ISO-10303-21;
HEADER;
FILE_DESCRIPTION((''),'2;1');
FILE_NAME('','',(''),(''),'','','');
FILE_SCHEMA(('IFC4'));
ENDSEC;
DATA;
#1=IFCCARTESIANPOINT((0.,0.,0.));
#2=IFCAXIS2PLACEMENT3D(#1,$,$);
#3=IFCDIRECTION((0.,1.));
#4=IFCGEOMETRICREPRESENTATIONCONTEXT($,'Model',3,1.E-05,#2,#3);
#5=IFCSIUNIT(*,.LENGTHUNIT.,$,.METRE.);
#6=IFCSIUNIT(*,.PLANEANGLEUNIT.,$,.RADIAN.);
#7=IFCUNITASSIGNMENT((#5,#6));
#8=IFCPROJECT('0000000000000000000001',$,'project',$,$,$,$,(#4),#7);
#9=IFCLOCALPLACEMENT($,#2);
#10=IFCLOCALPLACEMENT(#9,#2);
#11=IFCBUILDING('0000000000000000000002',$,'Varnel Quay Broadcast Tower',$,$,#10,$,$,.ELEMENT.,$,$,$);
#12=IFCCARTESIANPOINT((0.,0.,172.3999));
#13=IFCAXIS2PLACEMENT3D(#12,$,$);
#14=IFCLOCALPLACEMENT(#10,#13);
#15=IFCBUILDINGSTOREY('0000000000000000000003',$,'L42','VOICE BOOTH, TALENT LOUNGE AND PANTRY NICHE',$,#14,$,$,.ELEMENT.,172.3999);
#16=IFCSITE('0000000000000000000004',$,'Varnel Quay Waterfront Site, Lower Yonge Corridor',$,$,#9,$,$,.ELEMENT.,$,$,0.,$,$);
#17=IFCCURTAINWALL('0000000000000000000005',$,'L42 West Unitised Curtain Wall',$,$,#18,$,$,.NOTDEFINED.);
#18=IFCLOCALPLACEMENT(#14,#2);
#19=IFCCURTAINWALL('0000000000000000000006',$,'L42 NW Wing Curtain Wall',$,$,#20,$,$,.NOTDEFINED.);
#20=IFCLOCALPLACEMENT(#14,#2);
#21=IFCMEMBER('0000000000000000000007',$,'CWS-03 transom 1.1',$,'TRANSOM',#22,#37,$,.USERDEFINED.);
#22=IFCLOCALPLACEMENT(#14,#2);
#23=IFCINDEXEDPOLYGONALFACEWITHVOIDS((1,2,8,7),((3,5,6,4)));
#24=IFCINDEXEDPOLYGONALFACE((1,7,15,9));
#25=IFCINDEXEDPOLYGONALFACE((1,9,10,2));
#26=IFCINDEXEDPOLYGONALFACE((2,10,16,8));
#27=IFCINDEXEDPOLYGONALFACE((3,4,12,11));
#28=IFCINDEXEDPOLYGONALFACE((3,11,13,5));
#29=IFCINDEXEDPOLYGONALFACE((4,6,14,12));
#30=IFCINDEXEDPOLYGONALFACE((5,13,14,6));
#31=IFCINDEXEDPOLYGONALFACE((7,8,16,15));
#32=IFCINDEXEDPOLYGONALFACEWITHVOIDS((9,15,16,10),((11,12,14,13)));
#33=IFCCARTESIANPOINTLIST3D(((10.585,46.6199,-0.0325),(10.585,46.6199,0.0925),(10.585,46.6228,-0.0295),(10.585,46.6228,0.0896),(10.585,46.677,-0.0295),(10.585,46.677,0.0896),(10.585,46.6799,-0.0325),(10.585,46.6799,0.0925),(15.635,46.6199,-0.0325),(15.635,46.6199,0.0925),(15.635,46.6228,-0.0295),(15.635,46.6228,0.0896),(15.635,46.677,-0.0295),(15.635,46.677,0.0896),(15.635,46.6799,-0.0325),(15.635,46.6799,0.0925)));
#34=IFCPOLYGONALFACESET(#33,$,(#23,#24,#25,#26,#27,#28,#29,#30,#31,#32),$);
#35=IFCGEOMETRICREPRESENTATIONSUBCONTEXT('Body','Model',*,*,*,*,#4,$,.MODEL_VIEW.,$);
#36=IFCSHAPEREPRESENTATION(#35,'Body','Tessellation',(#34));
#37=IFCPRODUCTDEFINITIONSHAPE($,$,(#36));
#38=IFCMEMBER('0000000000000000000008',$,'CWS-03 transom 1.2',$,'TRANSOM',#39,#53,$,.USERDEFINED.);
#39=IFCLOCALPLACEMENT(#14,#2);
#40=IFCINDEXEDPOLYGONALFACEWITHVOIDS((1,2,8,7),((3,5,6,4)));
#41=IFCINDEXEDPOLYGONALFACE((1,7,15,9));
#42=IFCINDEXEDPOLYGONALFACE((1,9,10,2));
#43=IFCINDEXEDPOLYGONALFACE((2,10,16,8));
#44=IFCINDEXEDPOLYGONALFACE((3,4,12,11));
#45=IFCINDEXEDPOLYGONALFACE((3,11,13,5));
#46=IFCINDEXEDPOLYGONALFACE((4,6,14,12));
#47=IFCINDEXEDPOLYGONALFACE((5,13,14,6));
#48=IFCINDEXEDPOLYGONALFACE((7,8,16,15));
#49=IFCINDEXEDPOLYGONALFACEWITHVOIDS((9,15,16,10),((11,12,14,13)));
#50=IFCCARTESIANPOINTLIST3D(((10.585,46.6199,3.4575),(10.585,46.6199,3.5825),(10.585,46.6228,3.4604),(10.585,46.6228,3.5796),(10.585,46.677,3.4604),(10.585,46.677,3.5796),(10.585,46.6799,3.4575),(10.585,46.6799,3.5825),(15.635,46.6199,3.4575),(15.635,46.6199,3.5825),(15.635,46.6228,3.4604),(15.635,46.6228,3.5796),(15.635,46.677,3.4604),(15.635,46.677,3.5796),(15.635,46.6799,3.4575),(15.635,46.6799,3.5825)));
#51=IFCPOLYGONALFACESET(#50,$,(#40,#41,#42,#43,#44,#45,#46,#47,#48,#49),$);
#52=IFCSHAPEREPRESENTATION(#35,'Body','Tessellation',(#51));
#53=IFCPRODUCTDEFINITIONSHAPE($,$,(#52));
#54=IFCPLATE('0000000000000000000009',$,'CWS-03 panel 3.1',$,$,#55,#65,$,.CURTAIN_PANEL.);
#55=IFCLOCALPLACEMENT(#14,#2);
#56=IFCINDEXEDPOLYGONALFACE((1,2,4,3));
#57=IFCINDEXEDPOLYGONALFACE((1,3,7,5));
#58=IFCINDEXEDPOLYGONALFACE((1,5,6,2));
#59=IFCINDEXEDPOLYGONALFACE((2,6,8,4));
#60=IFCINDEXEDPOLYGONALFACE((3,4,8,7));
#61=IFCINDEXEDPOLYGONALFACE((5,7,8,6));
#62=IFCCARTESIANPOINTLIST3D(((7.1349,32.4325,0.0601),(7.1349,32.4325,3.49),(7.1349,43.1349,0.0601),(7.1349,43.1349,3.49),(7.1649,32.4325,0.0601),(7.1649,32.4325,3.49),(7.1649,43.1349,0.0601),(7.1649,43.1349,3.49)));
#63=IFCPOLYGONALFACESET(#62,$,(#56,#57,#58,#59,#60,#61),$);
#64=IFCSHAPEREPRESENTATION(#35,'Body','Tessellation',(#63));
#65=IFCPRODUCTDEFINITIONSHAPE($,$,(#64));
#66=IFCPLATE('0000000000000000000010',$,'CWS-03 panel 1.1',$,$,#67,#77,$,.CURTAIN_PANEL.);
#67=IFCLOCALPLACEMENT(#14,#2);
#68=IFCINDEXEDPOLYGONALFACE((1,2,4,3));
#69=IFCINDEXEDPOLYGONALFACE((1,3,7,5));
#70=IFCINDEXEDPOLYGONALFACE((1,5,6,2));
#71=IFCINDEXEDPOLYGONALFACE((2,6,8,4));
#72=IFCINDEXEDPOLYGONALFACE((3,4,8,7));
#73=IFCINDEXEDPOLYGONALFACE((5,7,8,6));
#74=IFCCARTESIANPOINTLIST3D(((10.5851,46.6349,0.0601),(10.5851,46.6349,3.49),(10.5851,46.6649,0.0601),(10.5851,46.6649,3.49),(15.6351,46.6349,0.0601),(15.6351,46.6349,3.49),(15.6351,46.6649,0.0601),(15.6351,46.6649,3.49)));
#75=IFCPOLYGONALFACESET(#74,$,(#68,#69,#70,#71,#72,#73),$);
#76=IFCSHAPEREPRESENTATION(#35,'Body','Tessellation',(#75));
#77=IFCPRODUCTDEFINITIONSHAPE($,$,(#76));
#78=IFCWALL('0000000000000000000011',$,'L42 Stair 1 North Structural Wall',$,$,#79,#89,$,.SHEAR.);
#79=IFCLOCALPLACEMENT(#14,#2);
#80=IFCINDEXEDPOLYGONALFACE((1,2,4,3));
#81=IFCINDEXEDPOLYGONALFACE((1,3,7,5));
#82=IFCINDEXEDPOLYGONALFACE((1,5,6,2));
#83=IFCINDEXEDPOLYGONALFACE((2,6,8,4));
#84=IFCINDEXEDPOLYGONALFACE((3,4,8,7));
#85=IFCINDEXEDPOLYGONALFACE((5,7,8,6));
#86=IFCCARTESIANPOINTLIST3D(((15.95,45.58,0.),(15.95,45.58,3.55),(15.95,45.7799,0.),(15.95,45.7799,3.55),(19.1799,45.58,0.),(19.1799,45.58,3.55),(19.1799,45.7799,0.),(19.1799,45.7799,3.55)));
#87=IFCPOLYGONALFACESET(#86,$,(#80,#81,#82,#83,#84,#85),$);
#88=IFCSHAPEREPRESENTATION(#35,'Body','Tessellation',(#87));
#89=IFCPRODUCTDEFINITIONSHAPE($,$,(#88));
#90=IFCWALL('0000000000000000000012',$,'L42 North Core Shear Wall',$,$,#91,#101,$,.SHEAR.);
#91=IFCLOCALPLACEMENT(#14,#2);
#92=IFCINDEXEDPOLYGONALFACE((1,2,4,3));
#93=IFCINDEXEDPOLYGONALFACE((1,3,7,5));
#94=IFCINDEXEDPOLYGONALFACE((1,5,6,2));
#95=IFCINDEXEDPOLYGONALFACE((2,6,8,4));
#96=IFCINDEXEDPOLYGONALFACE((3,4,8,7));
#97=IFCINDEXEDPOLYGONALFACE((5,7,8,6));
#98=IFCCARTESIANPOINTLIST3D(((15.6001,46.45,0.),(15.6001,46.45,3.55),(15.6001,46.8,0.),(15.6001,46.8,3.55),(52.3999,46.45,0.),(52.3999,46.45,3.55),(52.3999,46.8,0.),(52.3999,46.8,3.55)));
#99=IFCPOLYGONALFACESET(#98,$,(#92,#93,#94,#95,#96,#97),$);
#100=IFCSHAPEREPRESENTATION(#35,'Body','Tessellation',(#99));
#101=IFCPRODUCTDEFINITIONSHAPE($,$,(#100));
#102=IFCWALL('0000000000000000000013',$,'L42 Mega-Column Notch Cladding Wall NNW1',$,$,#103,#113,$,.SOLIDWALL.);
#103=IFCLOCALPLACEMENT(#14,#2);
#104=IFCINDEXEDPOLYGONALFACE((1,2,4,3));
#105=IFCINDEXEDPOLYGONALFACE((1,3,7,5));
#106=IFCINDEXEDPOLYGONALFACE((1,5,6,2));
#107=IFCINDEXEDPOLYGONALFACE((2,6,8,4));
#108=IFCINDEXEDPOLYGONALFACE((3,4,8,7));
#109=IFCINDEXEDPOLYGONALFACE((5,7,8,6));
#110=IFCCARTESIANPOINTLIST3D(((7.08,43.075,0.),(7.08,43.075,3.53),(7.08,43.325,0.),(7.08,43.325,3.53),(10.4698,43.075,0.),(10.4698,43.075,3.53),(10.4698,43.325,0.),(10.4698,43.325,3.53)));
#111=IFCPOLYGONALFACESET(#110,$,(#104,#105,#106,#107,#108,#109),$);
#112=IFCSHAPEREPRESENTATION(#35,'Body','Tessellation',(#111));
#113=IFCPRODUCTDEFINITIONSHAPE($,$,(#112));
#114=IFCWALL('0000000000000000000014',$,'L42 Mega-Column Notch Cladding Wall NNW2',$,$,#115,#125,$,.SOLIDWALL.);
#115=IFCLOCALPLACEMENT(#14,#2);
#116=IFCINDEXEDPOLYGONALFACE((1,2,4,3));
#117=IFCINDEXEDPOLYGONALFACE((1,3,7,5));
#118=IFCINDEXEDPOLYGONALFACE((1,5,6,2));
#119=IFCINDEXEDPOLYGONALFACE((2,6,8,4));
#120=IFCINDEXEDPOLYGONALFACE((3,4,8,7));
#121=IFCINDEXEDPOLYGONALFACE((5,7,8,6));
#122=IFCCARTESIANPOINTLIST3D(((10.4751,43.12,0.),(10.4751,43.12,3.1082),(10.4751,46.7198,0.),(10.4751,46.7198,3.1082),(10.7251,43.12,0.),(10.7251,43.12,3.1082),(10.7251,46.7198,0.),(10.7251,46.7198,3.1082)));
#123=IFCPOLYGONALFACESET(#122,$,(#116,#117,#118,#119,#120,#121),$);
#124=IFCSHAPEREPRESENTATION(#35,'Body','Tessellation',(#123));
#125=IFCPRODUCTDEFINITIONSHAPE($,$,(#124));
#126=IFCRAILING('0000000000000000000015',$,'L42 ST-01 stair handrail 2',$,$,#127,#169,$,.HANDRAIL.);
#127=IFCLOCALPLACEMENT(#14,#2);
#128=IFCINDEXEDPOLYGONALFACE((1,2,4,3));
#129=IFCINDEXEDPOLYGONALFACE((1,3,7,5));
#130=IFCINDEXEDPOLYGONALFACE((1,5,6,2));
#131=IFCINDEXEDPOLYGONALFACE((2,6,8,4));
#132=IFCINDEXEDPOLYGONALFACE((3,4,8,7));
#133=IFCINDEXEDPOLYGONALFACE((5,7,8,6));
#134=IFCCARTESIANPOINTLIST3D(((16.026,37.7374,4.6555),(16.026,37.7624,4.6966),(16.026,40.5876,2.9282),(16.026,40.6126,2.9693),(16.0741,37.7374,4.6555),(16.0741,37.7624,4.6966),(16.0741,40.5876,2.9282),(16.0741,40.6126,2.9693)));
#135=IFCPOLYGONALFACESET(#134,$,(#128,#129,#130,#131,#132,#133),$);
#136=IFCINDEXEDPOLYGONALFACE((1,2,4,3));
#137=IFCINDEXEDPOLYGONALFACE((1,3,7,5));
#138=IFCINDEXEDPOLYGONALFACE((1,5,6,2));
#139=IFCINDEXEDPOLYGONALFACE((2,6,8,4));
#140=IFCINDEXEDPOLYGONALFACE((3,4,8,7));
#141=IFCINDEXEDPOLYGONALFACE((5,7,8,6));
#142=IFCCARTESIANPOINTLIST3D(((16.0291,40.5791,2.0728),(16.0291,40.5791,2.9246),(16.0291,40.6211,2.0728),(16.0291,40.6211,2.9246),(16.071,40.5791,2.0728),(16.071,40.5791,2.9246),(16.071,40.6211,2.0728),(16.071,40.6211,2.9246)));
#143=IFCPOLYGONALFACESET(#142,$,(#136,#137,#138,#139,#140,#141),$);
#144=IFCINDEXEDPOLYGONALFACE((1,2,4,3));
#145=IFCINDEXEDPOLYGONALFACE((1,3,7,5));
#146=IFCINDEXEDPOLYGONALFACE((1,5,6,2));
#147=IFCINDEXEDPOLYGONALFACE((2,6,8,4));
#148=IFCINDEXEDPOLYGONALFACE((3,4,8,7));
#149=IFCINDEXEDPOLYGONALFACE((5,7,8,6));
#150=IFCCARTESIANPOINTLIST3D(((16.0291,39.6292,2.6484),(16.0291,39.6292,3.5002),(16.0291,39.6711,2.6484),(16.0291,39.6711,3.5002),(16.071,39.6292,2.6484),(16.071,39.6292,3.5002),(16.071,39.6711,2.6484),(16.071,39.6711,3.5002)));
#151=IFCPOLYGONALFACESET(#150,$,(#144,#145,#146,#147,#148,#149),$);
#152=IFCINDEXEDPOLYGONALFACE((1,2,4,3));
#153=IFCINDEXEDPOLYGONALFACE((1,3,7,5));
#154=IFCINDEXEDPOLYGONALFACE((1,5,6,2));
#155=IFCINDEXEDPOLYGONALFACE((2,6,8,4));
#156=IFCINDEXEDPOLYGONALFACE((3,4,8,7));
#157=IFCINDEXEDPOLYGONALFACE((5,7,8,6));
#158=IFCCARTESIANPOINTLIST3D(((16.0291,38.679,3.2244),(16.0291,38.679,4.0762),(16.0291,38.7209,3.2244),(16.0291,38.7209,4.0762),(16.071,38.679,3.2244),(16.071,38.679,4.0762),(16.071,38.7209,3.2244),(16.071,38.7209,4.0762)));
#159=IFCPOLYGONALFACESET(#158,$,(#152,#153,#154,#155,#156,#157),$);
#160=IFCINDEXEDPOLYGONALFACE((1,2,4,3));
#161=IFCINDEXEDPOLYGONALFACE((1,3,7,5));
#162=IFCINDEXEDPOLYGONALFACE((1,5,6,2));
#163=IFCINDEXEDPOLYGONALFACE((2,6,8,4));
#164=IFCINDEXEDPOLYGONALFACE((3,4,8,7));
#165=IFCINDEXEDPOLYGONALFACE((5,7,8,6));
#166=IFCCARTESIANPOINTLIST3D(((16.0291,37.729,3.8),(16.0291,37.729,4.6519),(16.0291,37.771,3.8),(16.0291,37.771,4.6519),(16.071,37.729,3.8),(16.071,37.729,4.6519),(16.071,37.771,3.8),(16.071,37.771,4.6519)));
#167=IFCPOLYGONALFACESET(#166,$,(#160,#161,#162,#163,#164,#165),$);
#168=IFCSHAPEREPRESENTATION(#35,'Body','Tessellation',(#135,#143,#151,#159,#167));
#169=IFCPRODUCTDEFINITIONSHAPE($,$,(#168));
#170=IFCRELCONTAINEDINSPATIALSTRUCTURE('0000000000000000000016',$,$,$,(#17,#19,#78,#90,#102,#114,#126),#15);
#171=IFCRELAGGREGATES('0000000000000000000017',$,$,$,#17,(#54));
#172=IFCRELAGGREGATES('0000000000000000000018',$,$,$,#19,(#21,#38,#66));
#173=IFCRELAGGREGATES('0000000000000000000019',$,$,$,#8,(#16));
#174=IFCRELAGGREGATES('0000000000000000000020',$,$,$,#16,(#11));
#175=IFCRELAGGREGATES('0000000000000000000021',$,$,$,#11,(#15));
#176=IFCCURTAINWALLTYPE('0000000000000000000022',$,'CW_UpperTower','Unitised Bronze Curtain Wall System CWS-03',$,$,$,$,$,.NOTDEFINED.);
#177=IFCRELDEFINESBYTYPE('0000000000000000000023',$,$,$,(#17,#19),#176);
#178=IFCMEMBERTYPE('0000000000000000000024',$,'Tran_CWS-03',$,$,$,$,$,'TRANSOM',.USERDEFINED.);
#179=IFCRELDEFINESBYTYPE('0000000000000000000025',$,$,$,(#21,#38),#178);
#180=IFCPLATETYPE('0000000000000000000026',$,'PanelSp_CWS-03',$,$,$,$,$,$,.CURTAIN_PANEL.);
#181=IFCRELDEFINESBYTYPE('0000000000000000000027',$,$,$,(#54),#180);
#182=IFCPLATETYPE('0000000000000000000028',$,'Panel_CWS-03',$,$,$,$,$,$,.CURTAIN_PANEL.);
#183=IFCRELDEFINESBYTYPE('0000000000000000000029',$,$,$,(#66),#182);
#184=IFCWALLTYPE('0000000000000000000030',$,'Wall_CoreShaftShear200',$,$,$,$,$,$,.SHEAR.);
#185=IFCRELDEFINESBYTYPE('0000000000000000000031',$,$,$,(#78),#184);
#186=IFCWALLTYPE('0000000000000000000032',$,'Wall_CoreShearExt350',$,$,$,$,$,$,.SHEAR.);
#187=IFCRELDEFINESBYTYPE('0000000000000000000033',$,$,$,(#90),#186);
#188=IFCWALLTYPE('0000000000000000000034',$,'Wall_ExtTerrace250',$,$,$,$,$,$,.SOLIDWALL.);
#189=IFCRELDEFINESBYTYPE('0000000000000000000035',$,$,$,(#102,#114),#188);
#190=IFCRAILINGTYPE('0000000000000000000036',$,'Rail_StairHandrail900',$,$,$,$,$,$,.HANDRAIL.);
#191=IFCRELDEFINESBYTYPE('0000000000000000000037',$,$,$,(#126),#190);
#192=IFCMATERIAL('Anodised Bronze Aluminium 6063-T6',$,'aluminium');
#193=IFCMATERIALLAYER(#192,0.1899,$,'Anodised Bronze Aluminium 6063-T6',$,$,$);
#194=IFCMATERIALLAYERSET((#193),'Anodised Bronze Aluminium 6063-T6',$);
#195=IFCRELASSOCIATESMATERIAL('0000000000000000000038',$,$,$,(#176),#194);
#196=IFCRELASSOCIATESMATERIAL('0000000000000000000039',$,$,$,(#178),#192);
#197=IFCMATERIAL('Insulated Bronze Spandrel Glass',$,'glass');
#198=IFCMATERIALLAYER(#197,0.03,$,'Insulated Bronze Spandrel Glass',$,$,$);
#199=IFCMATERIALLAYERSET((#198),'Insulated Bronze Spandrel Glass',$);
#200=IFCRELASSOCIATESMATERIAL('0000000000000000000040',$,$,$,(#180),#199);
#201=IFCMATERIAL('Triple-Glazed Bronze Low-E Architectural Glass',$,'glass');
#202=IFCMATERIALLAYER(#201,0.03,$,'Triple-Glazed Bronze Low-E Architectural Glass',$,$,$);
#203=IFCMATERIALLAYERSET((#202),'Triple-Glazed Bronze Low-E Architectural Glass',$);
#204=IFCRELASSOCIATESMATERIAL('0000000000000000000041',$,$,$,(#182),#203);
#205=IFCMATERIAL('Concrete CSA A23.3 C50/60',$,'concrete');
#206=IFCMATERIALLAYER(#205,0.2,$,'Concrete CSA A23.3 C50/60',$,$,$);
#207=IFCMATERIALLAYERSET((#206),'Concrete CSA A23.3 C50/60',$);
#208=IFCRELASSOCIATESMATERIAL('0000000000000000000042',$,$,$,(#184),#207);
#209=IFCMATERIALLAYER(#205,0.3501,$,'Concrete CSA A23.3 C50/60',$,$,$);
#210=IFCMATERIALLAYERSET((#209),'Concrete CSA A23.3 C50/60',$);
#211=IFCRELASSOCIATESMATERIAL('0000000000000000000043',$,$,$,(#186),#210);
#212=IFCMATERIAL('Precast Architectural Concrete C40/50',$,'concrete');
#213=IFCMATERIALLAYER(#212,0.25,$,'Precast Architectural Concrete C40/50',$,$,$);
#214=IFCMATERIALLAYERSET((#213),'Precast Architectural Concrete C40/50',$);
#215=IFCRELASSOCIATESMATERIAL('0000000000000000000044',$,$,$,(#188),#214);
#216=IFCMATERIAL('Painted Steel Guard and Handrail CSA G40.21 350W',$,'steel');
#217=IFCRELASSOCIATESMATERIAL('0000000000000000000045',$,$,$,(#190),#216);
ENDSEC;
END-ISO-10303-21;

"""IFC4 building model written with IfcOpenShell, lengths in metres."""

from ifc_helpers import new_model, si_unit, direction, frame, frame_2d, origin, origin_2d, place, context, subcontext, project, spatial, rectangle, hollow_rectangle, extrude, source, transform, mapped, material, layer, layer_set, material_profile, profile_set, type_object, type_shapes, element, aggregate, save


model = new_model("IFC4")

# Units and contexts
model_context = context("Model", 3, precision=1e-05, world=origin(), true_north=direction((0.0, 1.0)))
body_context = subcontext(model_context, "Body", "Model", "MODEL_VIEW")
ifc_project = project(units=[si_unit("LENGTHUNIT", "METRE"), si_unit("PLANEANGLEUNIT", "RADIAN")], contexts=[model_context])

# Site, building, storey
site_placement = place(None, origin())
site = spatial("IfcSite", under=ifc_project, at=site_placement, Name="Varnel Quay Waterfront Site, Lower Yonge Corridor", CompositionType="ELEMENT", RefElevation=0.0)
building_placement = place(site_placement, origin())
building = spatial("IfcBuilding", under=site, at=building_placement, Name="Varnel Quay Broadcast Tower", CompositionType="ELEMENT")
storey_placement = place(building_placement, frame((0.0, 0.0, 172.3999)))
storey = spatial("IfcBuildingStorey", under=building, at=storey_placement, Name="L42", Description="VOICE BOOTH, TALENT LOUNGE AND PANTRY NICHE", CompositionType="ELEMENT", Elevation=172.3999)

# Curtain wall
ifc_material_1 = material(Name="Anodised Bronze Aluminium 6063-T6", Category="aluminium")
ifc_layer_1 = layer(ifc_material_1, 0.1899, Name="Anodised Bronze Aluminium 6063-T6")
ifc_layer_set_1 = layer_set([ifc_layer_1], Name="Anodised Bronze Aluminium 6063-T6")
curtain_wall_type = type_object("IfcCurtainWallType", Name="CW_UpperTower", Description="Unitised Bronze Curtain Wall System CWS-03", PredefinedType="NOTDEFINED", material=ifc_layer_set_1)
curtain_wall_1_placement = place(storey_placement, origin())
curtain_wall_1 = element("IfcCurtainWall", 1, at=curtain_wall_1_placement, inside=storey, type_object=curtain_wall_type, Name="L42 West Unitised Curtain Wall", PredefinedType="NOTDEFINED")

# Curtain wall, members
curtain_wall_2_placement = place(storey_placement, origin())
curtain_wall_2 = element("IfcCurtainWall", 2, at=curtain_wall_2_placement, inside=storey, type_object=curtain_wall_type, Name="L42 NW Wing Curtain Wall", PredefinedType="NOTDEFINED")
ifc_material_profile_1 = material_profile(ifc_material_1, hollow_rectangle(XDim=0.0601, YDim=0.125, WallThickness=0.0029, at=origin_2d()), Name="ALU60X125X3")
ifc_profile_set_1 = profile_set([ifc_material_profile_1], Name="Anodised Bronze Aluminium 6063-T6")
member_type_1 = type_object("IfcMemberType", Name="Tran_CWS-03", ElementType="TRANSOM", PredefinedType="USERDEFINED", material=ifc_profile_set_1)
shared_shape_1 = source(origin(), body_context, "Body", "SweptSolid", [
    extrude(hollow_rectangle(XDim=0.0601, YDim=0.125, WallThickness=0.0029, at=origin_2d()), origin(), (0.0, 0.0, 1.0), 5.05),
])
type_shapes(member_type_1, [shared_shape_1])
member_1_placement = place(storey_placement, frame((10.585, 46.6499, 0.03), z_axis=(1.0, 0.0, 0.0), x_axis=(0.0, 1.0, 0.0)))
member_1 = element("IfcMember", 3, at=member_1_placement, type_object=member_type_1, Name="CWS-03 transom 1.1", ObjectType="TRANSOM", PredefinedType="USERDEFINED", context=body_context, shape_type="MappedRepresentation", body=[
    mapped(shared_shape_1, transform((0.0, 0.0, 0.0), x_axis=(1.0, 0.0, 0.0), y_axis=(0.0, 1.0, 0.0), z_axis=(0.0, 0.0, 1.0), scale=1.0)),
])
member_2_placement = place(storey_placement, frame((10.585, 46.6499, 3.52), z_axis=(1.0, 0.0, 0.0), x_axis=(0.0, 1.0, 0.0)))
member_2 = element("IfcMember", 4, at=member_2_placement, type_object=member_type_1, Name="CWS-03 transom 1.2", ObjectType="TRANSOM", PredefinedType="USERDEFINED", context=body_context, shape_type="MappedRepresentation", body=[
    mapped(shared_shape_1, transform((0.0, 0.0, 0.0), x_axis=(1.0, 0.0, 0.0), y_axis=(0.0, 1.0, 0.0), z_axis=(0.0, 0.0, 1.0), scale=1.0)),
])

# Plates
ifc_material_2 = material(Name="Insulated Bronze Spandrel Glass", Category="glass")
ifc_layer_2 = layer(ifc_material_2, 0.03, Name="Insulated Bronze Spandrel Glass")
ifc_layer_set_2 = layer_set([ifc_layer_2], Name="Insulated Bronze Spandrel Glass")
plate_type_1 = type_object("IfcPlateType", Name="PanelSp_CWS-03", PredefinedType="CURTAIN_PANEL", material=ifc_layer_set_2)
shared_shape_2 = source(origin(), body_context, "Body", "SweptSolid", [
    extrude(rectangle(XDim=10.7024, YDim=0.03, at=origin_2d()), origin(), (0.0, 0.0, 1.0), 3.4299),
])
type_shapes(plate_type_1, [shared_shape_2])
plate_1_placement = place(storey_placement, frame((7.1499, 37.7837, 0.0601), z_axis=(0.0, 0.0, 1.0), x_axis=(0.0, 1.0, 0.0)))
plate_1 = element("IfcPlate", 5, at=plate_1_placement, type_object=plate_type_1, Name="CWS-03 panel 3.1", PredefinedType="CURTAIN_PANEL", context=body_context, shape_type="MappedRepresentation", body=[
    mapped(shared_shape_2, transform((0.0, 0.0, 0.0), x_axis=(1.0, 0.0, 0.0), y_axis=(0.0, 1.0, 0.0), z_axis=(0.0, 0.0, 1.0), scale=1.0)),
])
aggregate(curtain_wall_1, [plate_1])
ifc_material_3 = material(Name="Triple-Glazed Bronze Low-E Architectural Glass", Category="glass")
ifc_layer_3 = layer(ifc_material_3, 0.03, Name="Triple-Glazed Bronze Low-E Architectural Glass")
ifc_layer_set_3 = layer_set([ifc_layer_3], Name="Triple-Glazed Bronze Low-E Architectural Glass")
plate_type_2 = type_object("IfcPlateType", Name="Panel_CWS-03", PredefinedType="CURTAIN_PANEL", material=ifc_layer_set_3)
shared_shape_3 = source(origin(), body_context, "Body", "SweptSolid", [
    extrude(rectangle(XDim=5.05, YDim=0.03, at=origin_2d()), origin(), (0.0, 0.0, 1.0), 3.4299),
])
type_shapes(plate_type_2, [shared_shape_3])
plate_2_placement = place(storey_placement, frame((13.1101, 46.6499, 0.0601), z_axis=(0.0, 0.0, 1.0), x_axis=(1.0, 0.0, 0.0)))
plate_2 = element("IfcPlate", 6, at=plate_2_placement, type_object=plate_type_2, Name="CWS-03 panel 1.1", PredefinedType="CURTAIN_PANEL", context=body_context, shape_type="MappedRepresentation", body=[
    mapped(shared_shape_3, transform((0.0, 0.0, 0.0), x_axis=(1.0, 0.0, 0.0), y_axis=(0.0, 1.0, 0.0), z_axis=(0.0, 0.0, 1.0), scale=1.0)),
])
aggregate(curtain_wall_2, [member_1, member_2, plate_2])

# Walls
ifc_material_4 = material(Name="Concrete CSA A23.3 C50/60", Category="concrete")
ifc_layer_4 = layer(ifc_material_4, 0.2, Name="Concrete CSA A23.3 C50/60")
ifc_layer_set_4 = layer_set([ifc_layer_4], Name="Concrete CSA A23.3 C50/60")
wall_type_1 = type_object("IfcWallType", Name="Wall_CoreShaftShear200", PredefinedType="SHEAR", material=ifc_layer_set_4)
wall_1_placement = place(storey_placement, frame((15.95, 45.6799, 0.0), z_axis=(0.0, 0.0, 1.0), x_axis=(1.0, 0.0, 0.0)))
element("IfcWall", 7, at=wall_1_placement, inside=storey, type_object=wall_type_1, Name="L42 Stair 1 North Structural Wall", PredefinedType="SHEAR", context=body_context, shape_type="SweptSolid", body=[
    extrude(rectangle(XDim=3.23, YDim=0.2, at=frame_2d((1.615, 0.0))), origin(), (0.0, 0.0, 1.0), 3.55),
])
ifc_layer_5 = layer(ifc_material_4, 0.3501, Name="Concrete CSA A23.3 C50/60")
ifc_layer_set_5 = layer_set([ifc_layer_5], Name="Concrete CSA A23.3 C50/60")
wall_type_2 = type_object("IfcWallType", Name="Wall_CoreShearExt350", PredefinedType="SHEAR", material=ifc_layer_set_5)
wall_2_placement = place(storey_placement, frame((15.6001, 46.625, 0.0), z_axis=(0.0, 0.0, 1.0), x_axis=(1.0, 0.0, 0.0)))
element("IfcWall", 8, at=wall_2_placement, inside=storey, type_object=wall_type_2, Name="L42 North Core Shear Wall", PredefinedType="SHEAR", context=body_context, shape_type="SweptSolid", body=[
    extrude(rectangle(XDim=36.7998, YDim=0.3501, at=frame_2d((18.3999, 0.0))), origin(), (0.0, 0.0, 1.0), 3.55),
])
ifc_material_5 = material(Name="Precast Architectural Concrete C40/50", Category="concrete")
ifc_layer_6 = layer(ifc_material_5, 0.25, Name="Precast Architectural Concrete C40/50")
ifc_layer_set_6 = layer_set([ifc_layer_6], Name="Precast Architectural Concrete C40/50")
wall_type_3 = type_object("IfcWallType", Name="Wall_ExtTerrace250", PredefinedType="SOLIDWALL", material=ifc_layer_set_6)
wall_3_placement = place(storey_placement, frame((7.0801, 43.2, 0.0), z_axis=(0.0, 0.0, 1.0), x_axis=(1.0, 0.0, 0.0)))
element("IfcWall", 9, at=wall_3_placement, inside=storey, type_object=wall_type_3, Name="L42 Mega-Column Notch Cladding Wall NNW1", PredefinedType="SOLIDWALL", context=body_context, shape_type="SweptSolid", body=[
    extrude(rectangle(XDim=3.3899, YDim=0.25, at=frame_2d((1.6948, 0.0))), origin(), (0.0, 0.0, 1.0), 3.53),
])
wall_4_placement = place(storey_placement, frame((10.6001, 43.1201, 0.0), z_axis=(0.0, 0.0, 1.0), x_axis=(0.0, 1.0, 0.0)))
element("IfcWall", 10, at=wall_4_placement, inside=storey, type_object=wall_type_3, Name="L42 Mega-Column Notch Cladding Wall NNW2", PredefinedType="SOLIDWALL", context=body_context, shape_type="SweptSolid", body=[
    extrude(rectangle(XDim=3.5999, YDim=0.25, at=frame_2d((1.7998, 0.0))), origin(), (0.0, 0.0, 1.0), 3.1082),
])

# Railing
ifc_material_6 = material(Name="Painted Steel Guard and Handrail CSA G40.21 350W", Category="steel")
railing_type = type_object("IfcRailingType", Name="Rail_StairHandrail900", PredefinedType="HANDRAIL", material=ifc_material_6)
railing_placement = place(storey_placement, frame((16.05, 40.6001, 2.0728)))
element("IfcRailing", 11, at=railing_placement, inside=storey, type_object=railing_type, Name="L42 ST-01 stair handrail 2", PredefinedType="HANDRAIL", context=body_context, shape_type="SweptSolid", body=[
    extrude(rectangle(XDim=0.0481, YDim=0.0481, at=origin_2d()), frame((0.0, 0.0, 0.876), z_axis=(0.0, -0.855203, 0.518294), x_axis=(1.0, 0.0, 0.0)), (0.0, 0.0, 1.0), 3.3328),
    extrude(rectangle(XDim=0.042, YDim=0.042, at=origin_2d()), origin(), (0.0, 0.0, 1.0), 0.8518),
    extrude(rectangle(XDim=0.042, YDim=0.042, at=origin_2d()), frame((0.0, -0.95, 0.5757)), (0.0, 0.0, 1.0), 0.8518),
    extrude(rectangle(XDim=0.042, YDim=0.042, at=origin_2d()), frame((0.0, -1.9001, 1.1516)), (0.0, 0.0, 1.0), 0.8518),
    extrude(rectangle(XDim=0.042, YDim=0.042, at=origin_2d()), frame((0.0, -2.8501, 1.7273)), (0.0, 0.0, 1.0), 0.8518),
])

save(model, "model.ifc")
